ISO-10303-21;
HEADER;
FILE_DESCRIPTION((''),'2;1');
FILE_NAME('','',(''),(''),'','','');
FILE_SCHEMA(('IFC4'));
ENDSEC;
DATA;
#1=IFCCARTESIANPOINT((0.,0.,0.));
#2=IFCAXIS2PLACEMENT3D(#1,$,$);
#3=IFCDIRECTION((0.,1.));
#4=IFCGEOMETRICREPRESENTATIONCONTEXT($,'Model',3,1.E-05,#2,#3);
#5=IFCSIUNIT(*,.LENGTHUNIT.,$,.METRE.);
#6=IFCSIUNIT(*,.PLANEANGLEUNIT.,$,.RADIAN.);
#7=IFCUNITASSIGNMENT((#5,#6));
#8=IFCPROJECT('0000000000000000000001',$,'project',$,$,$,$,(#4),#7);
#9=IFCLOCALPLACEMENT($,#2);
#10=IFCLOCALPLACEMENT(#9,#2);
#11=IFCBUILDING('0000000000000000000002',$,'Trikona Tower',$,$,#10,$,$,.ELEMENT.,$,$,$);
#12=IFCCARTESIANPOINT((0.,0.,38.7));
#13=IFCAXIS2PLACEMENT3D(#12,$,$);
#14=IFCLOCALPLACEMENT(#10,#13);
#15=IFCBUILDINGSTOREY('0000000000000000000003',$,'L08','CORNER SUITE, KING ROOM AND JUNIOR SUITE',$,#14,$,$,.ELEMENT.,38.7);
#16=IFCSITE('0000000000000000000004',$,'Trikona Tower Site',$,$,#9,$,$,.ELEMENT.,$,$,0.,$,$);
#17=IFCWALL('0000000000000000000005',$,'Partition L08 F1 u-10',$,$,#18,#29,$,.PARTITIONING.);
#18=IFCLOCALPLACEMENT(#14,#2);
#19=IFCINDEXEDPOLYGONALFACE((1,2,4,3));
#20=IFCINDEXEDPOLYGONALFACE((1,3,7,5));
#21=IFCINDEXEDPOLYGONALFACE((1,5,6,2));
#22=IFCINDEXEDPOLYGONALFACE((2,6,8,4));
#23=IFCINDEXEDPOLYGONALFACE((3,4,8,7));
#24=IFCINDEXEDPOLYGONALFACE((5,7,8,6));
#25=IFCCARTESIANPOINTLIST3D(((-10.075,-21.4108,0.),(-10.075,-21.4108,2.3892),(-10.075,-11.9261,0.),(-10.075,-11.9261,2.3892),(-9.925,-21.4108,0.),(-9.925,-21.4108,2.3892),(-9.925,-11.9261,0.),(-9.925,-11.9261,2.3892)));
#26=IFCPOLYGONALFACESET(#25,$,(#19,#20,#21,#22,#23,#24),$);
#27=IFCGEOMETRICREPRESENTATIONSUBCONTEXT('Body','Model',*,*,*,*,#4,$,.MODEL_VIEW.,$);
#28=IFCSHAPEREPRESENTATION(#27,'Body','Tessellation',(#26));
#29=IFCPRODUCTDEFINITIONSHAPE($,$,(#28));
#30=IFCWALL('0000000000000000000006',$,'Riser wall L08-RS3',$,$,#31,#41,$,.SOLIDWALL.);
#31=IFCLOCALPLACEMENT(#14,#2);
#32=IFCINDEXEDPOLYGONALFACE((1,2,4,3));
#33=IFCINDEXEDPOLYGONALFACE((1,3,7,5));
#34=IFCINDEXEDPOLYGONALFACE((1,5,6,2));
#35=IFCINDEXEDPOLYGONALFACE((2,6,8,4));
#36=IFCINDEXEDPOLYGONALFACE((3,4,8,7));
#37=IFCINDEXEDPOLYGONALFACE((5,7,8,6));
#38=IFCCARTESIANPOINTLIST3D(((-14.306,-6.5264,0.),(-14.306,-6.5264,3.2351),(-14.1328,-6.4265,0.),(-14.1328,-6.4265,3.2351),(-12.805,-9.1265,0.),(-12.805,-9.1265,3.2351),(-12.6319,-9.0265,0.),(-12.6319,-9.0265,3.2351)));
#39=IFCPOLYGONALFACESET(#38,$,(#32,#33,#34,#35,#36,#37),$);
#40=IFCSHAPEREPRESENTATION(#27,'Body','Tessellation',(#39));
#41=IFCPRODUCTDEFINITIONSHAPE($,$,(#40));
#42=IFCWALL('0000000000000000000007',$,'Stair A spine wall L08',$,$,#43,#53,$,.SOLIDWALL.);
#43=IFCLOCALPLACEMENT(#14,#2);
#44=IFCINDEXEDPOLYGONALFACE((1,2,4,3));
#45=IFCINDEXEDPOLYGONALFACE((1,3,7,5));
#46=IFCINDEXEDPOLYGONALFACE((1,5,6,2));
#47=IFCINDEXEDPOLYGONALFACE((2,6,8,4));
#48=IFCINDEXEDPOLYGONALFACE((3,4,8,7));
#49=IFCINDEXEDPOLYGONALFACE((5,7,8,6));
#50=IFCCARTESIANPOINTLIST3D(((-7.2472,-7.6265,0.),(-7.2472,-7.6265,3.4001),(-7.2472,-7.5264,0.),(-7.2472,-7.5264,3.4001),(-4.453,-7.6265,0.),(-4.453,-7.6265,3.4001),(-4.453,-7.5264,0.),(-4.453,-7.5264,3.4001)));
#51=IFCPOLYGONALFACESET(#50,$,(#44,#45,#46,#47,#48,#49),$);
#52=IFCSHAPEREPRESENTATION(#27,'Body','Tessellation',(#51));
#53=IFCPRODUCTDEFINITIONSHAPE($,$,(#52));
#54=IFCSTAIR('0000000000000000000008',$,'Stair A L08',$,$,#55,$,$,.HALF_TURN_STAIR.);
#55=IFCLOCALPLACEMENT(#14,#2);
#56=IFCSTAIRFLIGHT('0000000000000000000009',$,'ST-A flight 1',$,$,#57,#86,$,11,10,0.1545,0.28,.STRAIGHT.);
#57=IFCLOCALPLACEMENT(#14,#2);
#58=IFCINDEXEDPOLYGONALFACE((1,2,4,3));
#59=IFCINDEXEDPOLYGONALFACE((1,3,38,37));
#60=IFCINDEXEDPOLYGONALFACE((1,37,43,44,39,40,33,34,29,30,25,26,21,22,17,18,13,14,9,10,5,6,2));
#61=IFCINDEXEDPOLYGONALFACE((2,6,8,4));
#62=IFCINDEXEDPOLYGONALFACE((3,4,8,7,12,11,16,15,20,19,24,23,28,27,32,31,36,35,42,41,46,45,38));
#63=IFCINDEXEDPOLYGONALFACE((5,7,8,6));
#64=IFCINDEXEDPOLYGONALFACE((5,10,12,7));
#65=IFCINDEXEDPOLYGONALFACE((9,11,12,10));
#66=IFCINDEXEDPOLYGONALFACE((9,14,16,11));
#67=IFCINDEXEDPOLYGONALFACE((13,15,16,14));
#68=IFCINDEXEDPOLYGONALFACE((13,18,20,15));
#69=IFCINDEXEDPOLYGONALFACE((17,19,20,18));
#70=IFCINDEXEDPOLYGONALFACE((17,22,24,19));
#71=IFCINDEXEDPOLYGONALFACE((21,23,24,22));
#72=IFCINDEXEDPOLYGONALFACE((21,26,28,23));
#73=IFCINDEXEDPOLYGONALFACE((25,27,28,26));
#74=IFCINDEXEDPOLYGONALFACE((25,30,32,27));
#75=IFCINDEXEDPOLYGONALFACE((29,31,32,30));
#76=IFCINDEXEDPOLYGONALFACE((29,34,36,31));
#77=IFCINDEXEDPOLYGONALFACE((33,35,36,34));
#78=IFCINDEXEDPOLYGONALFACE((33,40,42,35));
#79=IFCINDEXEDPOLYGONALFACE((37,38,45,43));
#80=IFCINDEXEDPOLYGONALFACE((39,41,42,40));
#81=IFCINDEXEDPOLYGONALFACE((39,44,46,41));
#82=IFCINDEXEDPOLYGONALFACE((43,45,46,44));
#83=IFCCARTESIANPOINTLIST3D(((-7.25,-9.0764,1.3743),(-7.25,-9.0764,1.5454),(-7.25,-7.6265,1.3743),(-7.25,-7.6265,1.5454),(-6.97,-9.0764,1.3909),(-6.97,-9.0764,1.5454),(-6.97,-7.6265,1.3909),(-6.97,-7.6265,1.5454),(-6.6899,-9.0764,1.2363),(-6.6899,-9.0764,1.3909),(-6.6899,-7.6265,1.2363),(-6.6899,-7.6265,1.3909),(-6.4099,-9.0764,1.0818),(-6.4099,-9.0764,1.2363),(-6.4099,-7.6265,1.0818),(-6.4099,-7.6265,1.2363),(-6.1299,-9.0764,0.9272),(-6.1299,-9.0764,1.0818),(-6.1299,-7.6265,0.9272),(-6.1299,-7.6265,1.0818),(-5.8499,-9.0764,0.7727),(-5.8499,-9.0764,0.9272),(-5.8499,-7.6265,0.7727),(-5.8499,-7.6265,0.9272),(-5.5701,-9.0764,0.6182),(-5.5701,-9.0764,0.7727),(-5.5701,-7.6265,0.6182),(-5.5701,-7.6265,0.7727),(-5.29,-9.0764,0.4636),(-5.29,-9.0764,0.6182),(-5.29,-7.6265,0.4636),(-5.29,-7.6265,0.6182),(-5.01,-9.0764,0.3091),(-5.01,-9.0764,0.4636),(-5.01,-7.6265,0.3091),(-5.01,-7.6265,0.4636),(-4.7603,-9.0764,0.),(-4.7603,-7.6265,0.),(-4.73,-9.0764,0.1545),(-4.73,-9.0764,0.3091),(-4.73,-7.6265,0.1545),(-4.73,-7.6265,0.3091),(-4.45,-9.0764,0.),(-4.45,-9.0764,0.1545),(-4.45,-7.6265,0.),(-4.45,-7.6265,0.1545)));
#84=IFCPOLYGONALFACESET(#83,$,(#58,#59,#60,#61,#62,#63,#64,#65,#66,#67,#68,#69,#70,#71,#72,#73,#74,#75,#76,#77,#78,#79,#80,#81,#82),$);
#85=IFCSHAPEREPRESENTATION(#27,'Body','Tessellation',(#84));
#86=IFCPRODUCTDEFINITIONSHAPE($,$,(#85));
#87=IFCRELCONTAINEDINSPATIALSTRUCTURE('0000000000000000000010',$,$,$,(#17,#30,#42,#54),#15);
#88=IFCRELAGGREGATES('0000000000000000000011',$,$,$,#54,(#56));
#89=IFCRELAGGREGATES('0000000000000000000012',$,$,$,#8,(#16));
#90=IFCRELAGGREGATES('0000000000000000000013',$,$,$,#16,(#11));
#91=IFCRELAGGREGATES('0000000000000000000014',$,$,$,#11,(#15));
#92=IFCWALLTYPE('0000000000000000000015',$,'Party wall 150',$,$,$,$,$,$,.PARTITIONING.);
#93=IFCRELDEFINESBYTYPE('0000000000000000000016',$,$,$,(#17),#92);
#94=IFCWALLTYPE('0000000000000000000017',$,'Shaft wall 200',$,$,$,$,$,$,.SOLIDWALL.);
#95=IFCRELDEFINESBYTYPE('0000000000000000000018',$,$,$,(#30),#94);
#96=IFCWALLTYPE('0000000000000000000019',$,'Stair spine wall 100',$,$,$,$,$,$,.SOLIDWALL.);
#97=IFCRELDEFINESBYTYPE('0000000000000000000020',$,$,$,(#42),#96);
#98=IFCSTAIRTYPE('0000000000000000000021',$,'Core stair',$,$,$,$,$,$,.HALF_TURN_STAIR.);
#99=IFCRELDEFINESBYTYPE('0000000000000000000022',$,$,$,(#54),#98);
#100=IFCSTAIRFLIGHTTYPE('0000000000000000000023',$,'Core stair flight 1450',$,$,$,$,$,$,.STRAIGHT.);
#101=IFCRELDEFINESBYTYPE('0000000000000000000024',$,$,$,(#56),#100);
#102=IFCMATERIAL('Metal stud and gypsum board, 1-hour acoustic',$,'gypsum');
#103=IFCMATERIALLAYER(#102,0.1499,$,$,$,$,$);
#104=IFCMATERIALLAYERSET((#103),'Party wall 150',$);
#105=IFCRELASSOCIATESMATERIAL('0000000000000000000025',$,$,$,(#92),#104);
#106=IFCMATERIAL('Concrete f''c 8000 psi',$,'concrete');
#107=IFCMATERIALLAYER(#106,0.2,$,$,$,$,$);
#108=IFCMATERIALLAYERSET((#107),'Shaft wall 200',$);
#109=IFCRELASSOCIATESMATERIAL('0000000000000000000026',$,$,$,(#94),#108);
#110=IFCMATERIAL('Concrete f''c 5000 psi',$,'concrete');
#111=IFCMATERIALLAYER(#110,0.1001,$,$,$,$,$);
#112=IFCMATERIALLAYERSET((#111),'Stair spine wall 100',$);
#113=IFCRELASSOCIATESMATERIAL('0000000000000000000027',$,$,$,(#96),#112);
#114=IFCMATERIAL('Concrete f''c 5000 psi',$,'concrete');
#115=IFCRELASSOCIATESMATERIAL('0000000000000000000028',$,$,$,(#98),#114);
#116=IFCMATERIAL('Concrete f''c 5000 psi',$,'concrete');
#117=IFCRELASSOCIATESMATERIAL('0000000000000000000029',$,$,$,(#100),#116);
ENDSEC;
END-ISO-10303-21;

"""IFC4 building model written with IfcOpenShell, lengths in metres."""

from ifc_helpers import new_model, si_unit, direction, frame, frame_2d, origin, place, context, subcontext, project, spatial, polyline, rectangle, outline, extrude, material, layer, layer_set, type_object, element, aggregate, save


model = new_model("IFC4")

# Units and contexts
model_context = context("Model", 3, precision=1e-05, world=origin(), true_north=direction((0.0, 1.0)))
body_context = subcontext(model_context, "Body", "Model", "MODEL_VIEW")
ifc_project = project(units=[si_unit("LENGTHUNIT", "METRE"), si_unit("PLANEANGLEUNIT", "RADIAN")], contexts=[model_context])

# Site, building, storey
site_placement = place(None, origin())
site = spatial("IfcSite", under=ifc_project, at=site_placement, Name="Trikona Tower Site", CompositionType="ELEMENT", RefElevation=0.0)
building_placement = place(site_placement, origin())
building = spatial("IfcBuilding", under=site, at=building_placement, Name="Trikona Tower", CompositionType="ELEMENT")
storey_placement = place(building_placement, frame((0.0, 0.0, 38.7)))
storey = spatial("IfcBuildingStorey", under=building, at=storey_placement, Name="L08", Description="CORNER SUITE, KING ROOM AND JUNIOR SUITE", CompositionType="ELEMENT", Elevation=38.7)

# Walls
ifc_material_1 = material(Name="Metal stud and gypsum board, 1-hour acoustic", Category="gypsum")
ifc_layer_1 = layer(ifc_material_1, 0.1499)
ifc_layer_set_1 = layer_set([ifc_layer_1], Name="Party wall 150")
wall_type_1 = type_object("IfcWallType", Name="Party wall 150", PredefinedType="PARTITIONING", material=ifc_layer_set_1)
wall_1_placement = place(storey_placement, frame((-10.0, -11.9263, 0.0), z_axis=(0.0, 0.0, 1.0), x_axis=(0.0, -1.0, 0.0)))
element("IfcWall", 1, at=wall_1_placement, inside=storey, type_object=wall_type_1, Name="Partition L08 F1 u-10", PredefinedType="PARTITIONING", context=body_context, shape_type="SweptSolid", body=[
    extrude(rectangle(XDim=9.4846, YDim=0.1499, at=frame_2d((4.7422, 0.0))), origin(), (0.0, 0.0, 1.0), 2.3892),
])
ifc_material_2 = material(Name="Concrete f'c 8000 psi", Category="concrete")
ifc_layer_2 = layer(ifc_material_2, 0.2)
ifc_layer_set_2 = layer_set([ifc_layer_2], Name="Shaft wall 200")
wall_type_2 = type_object("IfcWallType", Name="Shaft wall 200", PredefinedType="SOLIDWALL", material=ifc_layer_set_2)
wall_2_placement = place(storey_placement, frame((-12.7185, -9.0764, 0.0), z_axis=(0.0, 0.0, 1.0), x_axis=(-0.499952, 0.866053, 0.0)))
element("IfcWall", 2, at=wall_2_placement, inside=storey, type_object=wall_type_2, Name="Riser wall L08-RS3", PredefinedType="SOLIDWALL", context=body_context, shape_type="SweptSolid", body=[
    extrude(rectangle(XDim=3.0022, YDim=0.2, at=frame_2d((1.501, 0.0))), origin(), (0.0, 0.0, 1.0), 3.2351),
])
ifc_material_3 = material(Name="Concrete f'c 5000 psi", Category="concrete")
ifc_layer_3 = layer(ifc_material_3, 0.1001)
ifc_layer_set_3 = layer_set([ifc_layer_3], Name="Stair spine wall 100")
wall_type_3 = type_object("IfcWallType", Name="Stair spine wall 100", PredefinedType="SOLIDWALL", material=ifc_layer_set_3)
wall_3_placement = place(storey_placement, frame((-7.2471, -7.5764, 0.0), z_axis=(0.0, 0.0, 1.0), x_axis=(1.0, 0.0, 0.0)))
element("IfcWall", 3, at=wall_3_placement, inside=storey, type_object=wall_type_3, Name="Stair A spine wall L08", PredefinedType="SOLIDWALL", context=body_context, shape_type="SweptSolid", body=[
    extrude(rectangle(XDim=2.7942, YDim=0.1001, at=frame_2d((1.397, 0.0))), origin(), (0.0, 0.0, 1.0), 3.4001),
])

# Stair, stair flight
ifc_material_4 = material(Name="Concrete f'c 5000 psi", Category="concrete")
stair_type = type_object("IfcStairType", Name="Core stair", PredefinedType="HALF_TURN_STAIR", material=ifc_material_4)
stair_placement = place(storey_placement, origin())
stair = element("IfcStair", 4, at=stair_placement, inside=storey, type_object=stair_type, Name="Stair A L08", PredefinedType="HALF_TURN_STAIR")
ifc_material_5 = material(Name="Concrete f'c 5000 psi", Category="concrete")
stair_flight_type = type_object("IfcStairFlightType", Name="Core stair flight 1450", PredefinedType="STRAIGHT", material=ifc_material_5)
stair_flight_placement = place(storey_placement, frame((-4.45, -8.3513, 0.0), z_axis=(0.0, 0.0, 1.0), x_axis=(-1.0, 0.0, 0.0)))
stair_flight = element("IfcStairFlight", 5, at=stair_flight_placement, type_object=stair_flight_type, Name="ST-A flight 1", NumberOfRisers=11, NumberOfTreads=10, PredefinedType="STRAIGHT", RiserHeight=0.1545, TreadLength=0.28, context=body_context, shape_type="SweptSolid", body=[
    extrude(outline(polyline([(0.0, 0.0), (0.0, 0.1545), (0.28, 0.1545), (0.28, 0.3091), (0.5601, 0.3091), (0.5601, 0.4636), (0.8401, 0.4636), (0.8401, 0.6182), (1.1201, 0.6182), (1.1201, 0.7727), (1.3999, 0.7727), (1.3999, 0.9272), (1.6799, 0.9272), (1.6799, 1.0818), (1.96, 1.0818), (1.96, 1.2363), (2.24, 1.2363), (2.24, 1.3909), (2.52, 1.3909), (2.52, 1.5454), (2.8, 1.5454), (2.8, 1.7), (2.8, 1.3743), (0.3103, 0.0), (0.0, 0.0)])), frame((0.0, 0.7251, 0.0), z_axis=(0.0, -1.0, 0.0), x_axis=(1.0, 0.0, 0.0)), (0.0, 0.0, 1.0), 1.45),
])
aggregate(stair, [stair_flight])

save(model, "model.ifc")
